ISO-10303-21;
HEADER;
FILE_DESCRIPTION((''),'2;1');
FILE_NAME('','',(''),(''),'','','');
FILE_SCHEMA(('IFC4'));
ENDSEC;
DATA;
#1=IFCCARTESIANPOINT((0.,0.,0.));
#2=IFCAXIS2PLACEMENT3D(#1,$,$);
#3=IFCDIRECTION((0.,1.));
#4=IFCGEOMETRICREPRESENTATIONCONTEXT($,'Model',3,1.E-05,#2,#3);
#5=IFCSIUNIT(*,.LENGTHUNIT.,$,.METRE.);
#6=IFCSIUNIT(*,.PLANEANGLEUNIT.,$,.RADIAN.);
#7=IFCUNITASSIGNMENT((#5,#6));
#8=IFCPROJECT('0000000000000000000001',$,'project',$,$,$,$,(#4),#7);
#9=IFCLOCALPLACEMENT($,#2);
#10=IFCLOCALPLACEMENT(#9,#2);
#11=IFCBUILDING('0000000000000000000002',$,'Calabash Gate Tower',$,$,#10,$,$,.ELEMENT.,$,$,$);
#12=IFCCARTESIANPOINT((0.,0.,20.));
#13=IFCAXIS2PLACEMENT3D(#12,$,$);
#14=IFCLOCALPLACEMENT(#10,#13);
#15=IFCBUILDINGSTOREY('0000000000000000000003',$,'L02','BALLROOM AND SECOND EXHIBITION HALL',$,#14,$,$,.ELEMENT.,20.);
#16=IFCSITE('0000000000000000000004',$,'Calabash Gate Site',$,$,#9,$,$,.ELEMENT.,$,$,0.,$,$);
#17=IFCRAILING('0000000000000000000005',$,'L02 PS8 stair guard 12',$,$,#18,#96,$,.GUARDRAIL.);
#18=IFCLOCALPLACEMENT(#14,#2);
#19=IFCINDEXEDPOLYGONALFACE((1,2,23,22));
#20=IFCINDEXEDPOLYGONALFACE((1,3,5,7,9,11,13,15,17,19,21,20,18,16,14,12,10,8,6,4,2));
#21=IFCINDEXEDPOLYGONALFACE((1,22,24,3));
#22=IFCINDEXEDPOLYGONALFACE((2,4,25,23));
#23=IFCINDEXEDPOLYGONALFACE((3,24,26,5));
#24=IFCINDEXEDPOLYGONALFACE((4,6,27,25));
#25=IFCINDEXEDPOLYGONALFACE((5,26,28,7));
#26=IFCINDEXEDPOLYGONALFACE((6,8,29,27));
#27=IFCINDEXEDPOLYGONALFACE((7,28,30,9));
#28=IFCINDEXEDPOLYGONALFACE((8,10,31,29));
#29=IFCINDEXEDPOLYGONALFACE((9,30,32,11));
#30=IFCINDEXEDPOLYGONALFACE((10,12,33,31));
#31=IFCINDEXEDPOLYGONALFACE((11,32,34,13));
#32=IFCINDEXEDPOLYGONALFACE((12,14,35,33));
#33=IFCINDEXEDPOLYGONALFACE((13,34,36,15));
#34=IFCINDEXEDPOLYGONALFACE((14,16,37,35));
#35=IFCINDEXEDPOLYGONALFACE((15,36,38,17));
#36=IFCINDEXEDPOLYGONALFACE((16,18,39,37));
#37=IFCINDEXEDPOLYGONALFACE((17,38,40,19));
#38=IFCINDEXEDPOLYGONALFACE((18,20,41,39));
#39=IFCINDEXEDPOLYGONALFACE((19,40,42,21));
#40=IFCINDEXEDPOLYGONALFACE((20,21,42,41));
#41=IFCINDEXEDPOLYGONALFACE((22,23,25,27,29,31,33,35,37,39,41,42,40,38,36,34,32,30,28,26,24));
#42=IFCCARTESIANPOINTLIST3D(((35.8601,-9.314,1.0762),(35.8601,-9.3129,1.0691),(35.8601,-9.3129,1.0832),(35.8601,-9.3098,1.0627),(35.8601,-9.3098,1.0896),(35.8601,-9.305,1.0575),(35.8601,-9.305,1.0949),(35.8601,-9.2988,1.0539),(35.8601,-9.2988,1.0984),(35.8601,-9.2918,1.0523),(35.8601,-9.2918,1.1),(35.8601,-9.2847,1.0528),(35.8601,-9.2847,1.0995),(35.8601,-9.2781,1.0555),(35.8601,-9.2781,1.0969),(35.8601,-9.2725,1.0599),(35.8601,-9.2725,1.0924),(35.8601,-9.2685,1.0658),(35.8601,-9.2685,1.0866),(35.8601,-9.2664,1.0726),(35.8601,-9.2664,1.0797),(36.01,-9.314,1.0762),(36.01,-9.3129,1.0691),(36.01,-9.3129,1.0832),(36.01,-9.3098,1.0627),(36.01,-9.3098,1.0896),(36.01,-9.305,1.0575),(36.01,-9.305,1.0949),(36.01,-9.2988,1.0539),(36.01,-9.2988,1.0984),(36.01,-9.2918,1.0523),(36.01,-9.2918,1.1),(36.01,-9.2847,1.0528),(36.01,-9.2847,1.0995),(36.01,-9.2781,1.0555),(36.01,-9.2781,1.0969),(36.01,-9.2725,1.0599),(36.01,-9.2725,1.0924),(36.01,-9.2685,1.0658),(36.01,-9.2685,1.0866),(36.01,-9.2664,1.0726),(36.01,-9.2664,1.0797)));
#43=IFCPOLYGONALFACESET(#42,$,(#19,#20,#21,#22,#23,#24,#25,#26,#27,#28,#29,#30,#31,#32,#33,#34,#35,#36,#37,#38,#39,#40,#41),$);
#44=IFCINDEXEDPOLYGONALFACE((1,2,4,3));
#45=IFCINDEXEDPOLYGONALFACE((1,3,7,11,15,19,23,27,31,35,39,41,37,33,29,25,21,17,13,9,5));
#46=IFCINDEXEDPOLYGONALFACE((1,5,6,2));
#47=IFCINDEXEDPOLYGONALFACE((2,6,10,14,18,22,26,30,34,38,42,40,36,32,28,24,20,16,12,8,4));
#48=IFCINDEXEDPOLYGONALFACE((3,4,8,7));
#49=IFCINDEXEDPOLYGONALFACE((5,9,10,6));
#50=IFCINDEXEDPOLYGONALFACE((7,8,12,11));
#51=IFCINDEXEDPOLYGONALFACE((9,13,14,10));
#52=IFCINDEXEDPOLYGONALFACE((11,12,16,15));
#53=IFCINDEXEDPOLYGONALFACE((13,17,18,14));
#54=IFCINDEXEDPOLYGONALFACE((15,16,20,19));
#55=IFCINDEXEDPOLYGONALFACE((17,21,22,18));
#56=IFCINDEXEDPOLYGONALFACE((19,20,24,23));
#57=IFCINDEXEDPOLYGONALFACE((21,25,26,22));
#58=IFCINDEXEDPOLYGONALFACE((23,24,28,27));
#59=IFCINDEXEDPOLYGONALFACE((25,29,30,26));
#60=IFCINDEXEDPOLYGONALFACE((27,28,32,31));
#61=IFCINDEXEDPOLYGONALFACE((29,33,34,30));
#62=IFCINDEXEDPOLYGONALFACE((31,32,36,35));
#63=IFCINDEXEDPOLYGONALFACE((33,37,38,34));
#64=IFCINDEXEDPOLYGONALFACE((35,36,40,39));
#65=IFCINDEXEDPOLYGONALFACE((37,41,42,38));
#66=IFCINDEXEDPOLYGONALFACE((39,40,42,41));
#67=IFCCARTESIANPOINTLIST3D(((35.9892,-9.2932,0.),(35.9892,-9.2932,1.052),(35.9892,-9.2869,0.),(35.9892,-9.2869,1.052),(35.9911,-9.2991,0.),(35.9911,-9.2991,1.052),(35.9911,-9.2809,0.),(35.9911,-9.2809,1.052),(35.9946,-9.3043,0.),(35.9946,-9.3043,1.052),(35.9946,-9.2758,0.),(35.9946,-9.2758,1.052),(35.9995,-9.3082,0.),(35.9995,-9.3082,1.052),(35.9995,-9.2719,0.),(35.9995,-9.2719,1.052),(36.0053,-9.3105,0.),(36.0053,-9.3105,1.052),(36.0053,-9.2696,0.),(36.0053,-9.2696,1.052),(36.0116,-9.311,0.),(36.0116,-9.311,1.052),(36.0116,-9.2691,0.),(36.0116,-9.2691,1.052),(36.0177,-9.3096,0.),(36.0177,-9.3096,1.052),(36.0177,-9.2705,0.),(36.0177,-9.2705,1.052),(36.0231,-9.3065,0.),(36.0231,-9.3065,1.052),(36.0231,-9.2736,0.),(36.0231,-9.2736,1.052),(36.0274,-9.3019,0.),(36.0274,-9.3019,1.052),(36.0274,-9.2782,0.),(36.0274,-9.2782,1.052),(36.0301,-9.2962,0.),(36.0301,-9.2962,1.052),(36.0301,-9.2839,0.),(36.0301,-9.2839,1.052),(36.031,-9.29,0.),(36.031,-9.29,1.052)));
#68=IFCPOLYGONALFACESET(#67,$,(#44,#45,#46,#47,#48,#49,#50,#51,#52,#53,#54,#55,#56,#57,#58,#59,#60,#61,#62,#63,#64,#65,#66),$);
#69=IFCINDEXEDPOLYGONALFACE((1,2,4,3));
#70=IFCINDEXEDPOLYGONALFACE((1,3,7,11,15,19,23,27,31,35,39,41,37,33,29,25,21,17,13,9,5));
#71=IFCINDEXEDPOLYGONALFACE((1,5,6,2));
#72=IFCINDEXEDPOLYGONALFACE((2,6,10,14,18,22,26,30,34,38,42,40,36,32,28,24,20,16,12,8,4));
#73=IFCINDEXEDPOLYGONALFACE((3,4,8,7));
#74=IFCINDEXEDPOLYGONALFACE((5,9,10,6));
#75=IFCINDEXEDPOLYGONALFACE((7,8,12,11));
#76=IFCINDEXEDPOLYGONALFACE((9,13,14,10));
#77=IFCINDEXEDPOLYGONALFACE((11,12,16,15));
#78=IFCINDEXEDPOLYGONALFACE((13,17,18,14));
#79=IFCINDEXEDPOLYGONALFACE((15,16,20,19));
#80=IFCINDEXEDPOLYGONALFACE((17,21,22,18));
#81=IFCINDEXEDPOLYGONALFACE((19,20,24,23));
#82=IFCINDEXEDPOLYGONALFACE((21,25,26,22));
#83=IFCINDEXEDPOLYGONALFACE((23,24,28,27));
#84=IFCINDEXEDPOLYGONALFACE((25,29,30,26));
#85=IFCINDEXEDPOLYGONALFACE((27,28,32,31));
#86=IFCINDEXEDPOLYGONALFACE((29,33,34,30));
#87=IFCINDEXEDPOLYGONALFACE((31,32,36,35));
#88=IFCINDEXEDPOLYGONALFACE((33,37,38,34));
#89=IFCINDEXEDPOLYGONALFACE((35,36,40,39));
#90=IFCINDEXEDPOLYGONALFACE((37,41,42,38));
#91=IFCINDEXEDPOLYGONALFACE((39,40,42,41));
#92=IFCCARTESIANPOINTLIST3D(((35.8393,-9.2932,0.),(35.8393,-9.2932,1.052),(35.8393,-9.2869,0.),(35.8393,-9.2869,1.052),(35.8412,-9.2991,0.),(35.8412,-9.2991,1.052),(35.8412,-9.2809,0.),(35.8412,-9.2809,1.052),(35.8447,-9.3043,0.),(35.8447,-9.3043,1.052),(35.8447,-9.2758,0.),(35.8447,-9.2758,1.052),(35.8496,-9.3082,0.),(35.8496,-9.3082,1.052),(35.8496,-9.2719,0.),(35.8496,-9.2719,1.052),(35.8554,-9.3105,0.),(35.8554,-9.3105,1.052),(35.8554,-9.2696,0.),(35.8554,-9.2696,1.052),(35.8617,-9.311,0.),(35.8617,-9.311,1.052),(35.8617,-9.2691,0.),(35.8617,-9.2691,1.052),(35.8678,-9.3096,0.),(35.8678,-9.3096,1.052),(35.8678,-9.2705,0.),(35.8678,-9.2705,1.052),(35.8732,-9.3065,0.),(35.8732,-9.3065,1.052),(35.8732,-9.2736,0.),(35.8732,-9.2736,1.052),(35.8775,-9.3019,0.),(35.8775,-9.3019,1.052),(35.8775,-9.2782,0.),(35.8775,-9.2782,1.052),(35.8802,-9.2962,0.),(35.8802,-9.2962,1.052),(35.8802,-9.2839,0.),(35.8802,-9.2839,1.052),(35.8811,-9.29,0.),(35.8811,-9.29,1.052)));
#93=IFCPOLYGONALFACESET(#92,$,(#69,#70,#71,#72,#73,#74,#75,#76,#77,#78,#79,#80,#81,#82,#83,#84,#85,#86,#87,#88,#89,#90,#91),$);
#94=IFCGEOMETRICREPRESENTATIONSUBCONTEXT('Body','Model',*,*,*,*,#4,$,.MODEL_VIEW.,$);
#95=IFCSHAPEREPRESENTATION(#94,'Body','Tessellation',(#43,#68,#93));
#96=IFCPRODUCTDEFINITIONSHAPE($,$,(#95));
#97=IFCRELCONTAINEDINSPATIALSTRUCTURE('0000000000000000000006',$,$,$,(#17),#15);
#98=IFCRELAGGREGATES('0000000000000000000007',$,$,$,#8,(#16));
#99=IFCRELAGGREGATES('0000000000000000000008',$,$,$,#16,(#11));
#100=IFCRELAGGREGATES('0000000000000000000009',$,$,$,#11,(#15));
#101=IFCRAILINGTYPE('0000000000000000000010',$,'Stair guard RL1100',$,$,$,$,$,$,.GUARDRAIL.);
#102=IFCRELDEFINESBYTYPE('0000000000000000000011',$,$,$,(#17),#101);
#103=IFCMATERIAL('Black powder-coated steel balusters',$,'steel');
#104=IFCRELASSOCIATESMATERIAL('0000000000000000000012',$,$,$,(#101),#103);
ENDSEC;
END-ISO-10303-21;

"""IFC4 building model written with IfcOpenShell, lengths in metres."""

from ifc_helpers import new_model, si_unit, direction, frame, origin, origin_2d, place, context, subcontext, project, spatial, circle, extrude, material, type_object, element, save


model = new_model("IFC4")

# Units and contexts
model_context = context("Model", 3, precision=1e-05, world=origin(), true_north=direction((0.0, 1.0)))
body_context = subcontext(model_context, "Body", "Model", "MODEL_VIEW")
ifc_project = project(units=[si_unit("LENGTHUNIT", "METRE"), si_unit("PLANEANGLEUNIT", "RADIAN")], contexts=[model_context])

# Site, building, storey
site_placement = place(None, origin())
site = spatial("IfcSite", under=ifc_project, at=site_placement, Name="Calabash Gate Site", CompositionType="ELEMENT", RefElevation=0.0)
building_placement = place(site_placement, origin())
building = spatial("IfcBuilding", under=site, at=building_placement, Name="Calabash Gate Tower", CompositionType="ELEMENT")
storey_placement = place(building_placement, frame((0.0, 0.0, 20.0)))
storey = spatial("IfcBuildingStorey", under=building, at=storey_placement, Name="L02", Description="BALLROOM AND SECOND EXHIBITION HALL", CompositionType="ELEMENT", Elevation=20.0)

# Railing
ifc_material_1 = material(Name="Black powder-coated steel balusters", Category="steel")
railing_type_1 = type_object("IfcRailingType", Name="Stair guard RL1100", PredefinedType="GUARDRAIL", material=ifc_material_1)
railing_1_placement = place(storey_placement, frame((36.01, -9.29, 0.0)))
element("IfcRailing", 1, at=railing_1_placement, inside=storey, type_object=railing_type_1, Name="L02 PS8 stair guard 12", PredefinedType="GUARDRAIL", context=body_context, shape_type="SweptSolid", body=[
    extrude(circle(Radius=0.0239, at=origin_2d()), frame((0.0, 0.0, 1.0762), z_axis=(-1.0, 0.0, 0.0), x_axis=(0.0, -1.0, 0.0)), (0.0, 0.0, 1.0), 0.1499),
    extrude(circle(Radius=0.021, at=origin_2d()), origin(), (0.0, 0.0, 1.0), 1.052),
    extrude(circle(Radius=0.021, at=origin_2d()), frame((-0.1499, 0.0, 0.0)), (0.0, 0.0, 1.0), 1.052),
])

save(model, "model.ifc")
